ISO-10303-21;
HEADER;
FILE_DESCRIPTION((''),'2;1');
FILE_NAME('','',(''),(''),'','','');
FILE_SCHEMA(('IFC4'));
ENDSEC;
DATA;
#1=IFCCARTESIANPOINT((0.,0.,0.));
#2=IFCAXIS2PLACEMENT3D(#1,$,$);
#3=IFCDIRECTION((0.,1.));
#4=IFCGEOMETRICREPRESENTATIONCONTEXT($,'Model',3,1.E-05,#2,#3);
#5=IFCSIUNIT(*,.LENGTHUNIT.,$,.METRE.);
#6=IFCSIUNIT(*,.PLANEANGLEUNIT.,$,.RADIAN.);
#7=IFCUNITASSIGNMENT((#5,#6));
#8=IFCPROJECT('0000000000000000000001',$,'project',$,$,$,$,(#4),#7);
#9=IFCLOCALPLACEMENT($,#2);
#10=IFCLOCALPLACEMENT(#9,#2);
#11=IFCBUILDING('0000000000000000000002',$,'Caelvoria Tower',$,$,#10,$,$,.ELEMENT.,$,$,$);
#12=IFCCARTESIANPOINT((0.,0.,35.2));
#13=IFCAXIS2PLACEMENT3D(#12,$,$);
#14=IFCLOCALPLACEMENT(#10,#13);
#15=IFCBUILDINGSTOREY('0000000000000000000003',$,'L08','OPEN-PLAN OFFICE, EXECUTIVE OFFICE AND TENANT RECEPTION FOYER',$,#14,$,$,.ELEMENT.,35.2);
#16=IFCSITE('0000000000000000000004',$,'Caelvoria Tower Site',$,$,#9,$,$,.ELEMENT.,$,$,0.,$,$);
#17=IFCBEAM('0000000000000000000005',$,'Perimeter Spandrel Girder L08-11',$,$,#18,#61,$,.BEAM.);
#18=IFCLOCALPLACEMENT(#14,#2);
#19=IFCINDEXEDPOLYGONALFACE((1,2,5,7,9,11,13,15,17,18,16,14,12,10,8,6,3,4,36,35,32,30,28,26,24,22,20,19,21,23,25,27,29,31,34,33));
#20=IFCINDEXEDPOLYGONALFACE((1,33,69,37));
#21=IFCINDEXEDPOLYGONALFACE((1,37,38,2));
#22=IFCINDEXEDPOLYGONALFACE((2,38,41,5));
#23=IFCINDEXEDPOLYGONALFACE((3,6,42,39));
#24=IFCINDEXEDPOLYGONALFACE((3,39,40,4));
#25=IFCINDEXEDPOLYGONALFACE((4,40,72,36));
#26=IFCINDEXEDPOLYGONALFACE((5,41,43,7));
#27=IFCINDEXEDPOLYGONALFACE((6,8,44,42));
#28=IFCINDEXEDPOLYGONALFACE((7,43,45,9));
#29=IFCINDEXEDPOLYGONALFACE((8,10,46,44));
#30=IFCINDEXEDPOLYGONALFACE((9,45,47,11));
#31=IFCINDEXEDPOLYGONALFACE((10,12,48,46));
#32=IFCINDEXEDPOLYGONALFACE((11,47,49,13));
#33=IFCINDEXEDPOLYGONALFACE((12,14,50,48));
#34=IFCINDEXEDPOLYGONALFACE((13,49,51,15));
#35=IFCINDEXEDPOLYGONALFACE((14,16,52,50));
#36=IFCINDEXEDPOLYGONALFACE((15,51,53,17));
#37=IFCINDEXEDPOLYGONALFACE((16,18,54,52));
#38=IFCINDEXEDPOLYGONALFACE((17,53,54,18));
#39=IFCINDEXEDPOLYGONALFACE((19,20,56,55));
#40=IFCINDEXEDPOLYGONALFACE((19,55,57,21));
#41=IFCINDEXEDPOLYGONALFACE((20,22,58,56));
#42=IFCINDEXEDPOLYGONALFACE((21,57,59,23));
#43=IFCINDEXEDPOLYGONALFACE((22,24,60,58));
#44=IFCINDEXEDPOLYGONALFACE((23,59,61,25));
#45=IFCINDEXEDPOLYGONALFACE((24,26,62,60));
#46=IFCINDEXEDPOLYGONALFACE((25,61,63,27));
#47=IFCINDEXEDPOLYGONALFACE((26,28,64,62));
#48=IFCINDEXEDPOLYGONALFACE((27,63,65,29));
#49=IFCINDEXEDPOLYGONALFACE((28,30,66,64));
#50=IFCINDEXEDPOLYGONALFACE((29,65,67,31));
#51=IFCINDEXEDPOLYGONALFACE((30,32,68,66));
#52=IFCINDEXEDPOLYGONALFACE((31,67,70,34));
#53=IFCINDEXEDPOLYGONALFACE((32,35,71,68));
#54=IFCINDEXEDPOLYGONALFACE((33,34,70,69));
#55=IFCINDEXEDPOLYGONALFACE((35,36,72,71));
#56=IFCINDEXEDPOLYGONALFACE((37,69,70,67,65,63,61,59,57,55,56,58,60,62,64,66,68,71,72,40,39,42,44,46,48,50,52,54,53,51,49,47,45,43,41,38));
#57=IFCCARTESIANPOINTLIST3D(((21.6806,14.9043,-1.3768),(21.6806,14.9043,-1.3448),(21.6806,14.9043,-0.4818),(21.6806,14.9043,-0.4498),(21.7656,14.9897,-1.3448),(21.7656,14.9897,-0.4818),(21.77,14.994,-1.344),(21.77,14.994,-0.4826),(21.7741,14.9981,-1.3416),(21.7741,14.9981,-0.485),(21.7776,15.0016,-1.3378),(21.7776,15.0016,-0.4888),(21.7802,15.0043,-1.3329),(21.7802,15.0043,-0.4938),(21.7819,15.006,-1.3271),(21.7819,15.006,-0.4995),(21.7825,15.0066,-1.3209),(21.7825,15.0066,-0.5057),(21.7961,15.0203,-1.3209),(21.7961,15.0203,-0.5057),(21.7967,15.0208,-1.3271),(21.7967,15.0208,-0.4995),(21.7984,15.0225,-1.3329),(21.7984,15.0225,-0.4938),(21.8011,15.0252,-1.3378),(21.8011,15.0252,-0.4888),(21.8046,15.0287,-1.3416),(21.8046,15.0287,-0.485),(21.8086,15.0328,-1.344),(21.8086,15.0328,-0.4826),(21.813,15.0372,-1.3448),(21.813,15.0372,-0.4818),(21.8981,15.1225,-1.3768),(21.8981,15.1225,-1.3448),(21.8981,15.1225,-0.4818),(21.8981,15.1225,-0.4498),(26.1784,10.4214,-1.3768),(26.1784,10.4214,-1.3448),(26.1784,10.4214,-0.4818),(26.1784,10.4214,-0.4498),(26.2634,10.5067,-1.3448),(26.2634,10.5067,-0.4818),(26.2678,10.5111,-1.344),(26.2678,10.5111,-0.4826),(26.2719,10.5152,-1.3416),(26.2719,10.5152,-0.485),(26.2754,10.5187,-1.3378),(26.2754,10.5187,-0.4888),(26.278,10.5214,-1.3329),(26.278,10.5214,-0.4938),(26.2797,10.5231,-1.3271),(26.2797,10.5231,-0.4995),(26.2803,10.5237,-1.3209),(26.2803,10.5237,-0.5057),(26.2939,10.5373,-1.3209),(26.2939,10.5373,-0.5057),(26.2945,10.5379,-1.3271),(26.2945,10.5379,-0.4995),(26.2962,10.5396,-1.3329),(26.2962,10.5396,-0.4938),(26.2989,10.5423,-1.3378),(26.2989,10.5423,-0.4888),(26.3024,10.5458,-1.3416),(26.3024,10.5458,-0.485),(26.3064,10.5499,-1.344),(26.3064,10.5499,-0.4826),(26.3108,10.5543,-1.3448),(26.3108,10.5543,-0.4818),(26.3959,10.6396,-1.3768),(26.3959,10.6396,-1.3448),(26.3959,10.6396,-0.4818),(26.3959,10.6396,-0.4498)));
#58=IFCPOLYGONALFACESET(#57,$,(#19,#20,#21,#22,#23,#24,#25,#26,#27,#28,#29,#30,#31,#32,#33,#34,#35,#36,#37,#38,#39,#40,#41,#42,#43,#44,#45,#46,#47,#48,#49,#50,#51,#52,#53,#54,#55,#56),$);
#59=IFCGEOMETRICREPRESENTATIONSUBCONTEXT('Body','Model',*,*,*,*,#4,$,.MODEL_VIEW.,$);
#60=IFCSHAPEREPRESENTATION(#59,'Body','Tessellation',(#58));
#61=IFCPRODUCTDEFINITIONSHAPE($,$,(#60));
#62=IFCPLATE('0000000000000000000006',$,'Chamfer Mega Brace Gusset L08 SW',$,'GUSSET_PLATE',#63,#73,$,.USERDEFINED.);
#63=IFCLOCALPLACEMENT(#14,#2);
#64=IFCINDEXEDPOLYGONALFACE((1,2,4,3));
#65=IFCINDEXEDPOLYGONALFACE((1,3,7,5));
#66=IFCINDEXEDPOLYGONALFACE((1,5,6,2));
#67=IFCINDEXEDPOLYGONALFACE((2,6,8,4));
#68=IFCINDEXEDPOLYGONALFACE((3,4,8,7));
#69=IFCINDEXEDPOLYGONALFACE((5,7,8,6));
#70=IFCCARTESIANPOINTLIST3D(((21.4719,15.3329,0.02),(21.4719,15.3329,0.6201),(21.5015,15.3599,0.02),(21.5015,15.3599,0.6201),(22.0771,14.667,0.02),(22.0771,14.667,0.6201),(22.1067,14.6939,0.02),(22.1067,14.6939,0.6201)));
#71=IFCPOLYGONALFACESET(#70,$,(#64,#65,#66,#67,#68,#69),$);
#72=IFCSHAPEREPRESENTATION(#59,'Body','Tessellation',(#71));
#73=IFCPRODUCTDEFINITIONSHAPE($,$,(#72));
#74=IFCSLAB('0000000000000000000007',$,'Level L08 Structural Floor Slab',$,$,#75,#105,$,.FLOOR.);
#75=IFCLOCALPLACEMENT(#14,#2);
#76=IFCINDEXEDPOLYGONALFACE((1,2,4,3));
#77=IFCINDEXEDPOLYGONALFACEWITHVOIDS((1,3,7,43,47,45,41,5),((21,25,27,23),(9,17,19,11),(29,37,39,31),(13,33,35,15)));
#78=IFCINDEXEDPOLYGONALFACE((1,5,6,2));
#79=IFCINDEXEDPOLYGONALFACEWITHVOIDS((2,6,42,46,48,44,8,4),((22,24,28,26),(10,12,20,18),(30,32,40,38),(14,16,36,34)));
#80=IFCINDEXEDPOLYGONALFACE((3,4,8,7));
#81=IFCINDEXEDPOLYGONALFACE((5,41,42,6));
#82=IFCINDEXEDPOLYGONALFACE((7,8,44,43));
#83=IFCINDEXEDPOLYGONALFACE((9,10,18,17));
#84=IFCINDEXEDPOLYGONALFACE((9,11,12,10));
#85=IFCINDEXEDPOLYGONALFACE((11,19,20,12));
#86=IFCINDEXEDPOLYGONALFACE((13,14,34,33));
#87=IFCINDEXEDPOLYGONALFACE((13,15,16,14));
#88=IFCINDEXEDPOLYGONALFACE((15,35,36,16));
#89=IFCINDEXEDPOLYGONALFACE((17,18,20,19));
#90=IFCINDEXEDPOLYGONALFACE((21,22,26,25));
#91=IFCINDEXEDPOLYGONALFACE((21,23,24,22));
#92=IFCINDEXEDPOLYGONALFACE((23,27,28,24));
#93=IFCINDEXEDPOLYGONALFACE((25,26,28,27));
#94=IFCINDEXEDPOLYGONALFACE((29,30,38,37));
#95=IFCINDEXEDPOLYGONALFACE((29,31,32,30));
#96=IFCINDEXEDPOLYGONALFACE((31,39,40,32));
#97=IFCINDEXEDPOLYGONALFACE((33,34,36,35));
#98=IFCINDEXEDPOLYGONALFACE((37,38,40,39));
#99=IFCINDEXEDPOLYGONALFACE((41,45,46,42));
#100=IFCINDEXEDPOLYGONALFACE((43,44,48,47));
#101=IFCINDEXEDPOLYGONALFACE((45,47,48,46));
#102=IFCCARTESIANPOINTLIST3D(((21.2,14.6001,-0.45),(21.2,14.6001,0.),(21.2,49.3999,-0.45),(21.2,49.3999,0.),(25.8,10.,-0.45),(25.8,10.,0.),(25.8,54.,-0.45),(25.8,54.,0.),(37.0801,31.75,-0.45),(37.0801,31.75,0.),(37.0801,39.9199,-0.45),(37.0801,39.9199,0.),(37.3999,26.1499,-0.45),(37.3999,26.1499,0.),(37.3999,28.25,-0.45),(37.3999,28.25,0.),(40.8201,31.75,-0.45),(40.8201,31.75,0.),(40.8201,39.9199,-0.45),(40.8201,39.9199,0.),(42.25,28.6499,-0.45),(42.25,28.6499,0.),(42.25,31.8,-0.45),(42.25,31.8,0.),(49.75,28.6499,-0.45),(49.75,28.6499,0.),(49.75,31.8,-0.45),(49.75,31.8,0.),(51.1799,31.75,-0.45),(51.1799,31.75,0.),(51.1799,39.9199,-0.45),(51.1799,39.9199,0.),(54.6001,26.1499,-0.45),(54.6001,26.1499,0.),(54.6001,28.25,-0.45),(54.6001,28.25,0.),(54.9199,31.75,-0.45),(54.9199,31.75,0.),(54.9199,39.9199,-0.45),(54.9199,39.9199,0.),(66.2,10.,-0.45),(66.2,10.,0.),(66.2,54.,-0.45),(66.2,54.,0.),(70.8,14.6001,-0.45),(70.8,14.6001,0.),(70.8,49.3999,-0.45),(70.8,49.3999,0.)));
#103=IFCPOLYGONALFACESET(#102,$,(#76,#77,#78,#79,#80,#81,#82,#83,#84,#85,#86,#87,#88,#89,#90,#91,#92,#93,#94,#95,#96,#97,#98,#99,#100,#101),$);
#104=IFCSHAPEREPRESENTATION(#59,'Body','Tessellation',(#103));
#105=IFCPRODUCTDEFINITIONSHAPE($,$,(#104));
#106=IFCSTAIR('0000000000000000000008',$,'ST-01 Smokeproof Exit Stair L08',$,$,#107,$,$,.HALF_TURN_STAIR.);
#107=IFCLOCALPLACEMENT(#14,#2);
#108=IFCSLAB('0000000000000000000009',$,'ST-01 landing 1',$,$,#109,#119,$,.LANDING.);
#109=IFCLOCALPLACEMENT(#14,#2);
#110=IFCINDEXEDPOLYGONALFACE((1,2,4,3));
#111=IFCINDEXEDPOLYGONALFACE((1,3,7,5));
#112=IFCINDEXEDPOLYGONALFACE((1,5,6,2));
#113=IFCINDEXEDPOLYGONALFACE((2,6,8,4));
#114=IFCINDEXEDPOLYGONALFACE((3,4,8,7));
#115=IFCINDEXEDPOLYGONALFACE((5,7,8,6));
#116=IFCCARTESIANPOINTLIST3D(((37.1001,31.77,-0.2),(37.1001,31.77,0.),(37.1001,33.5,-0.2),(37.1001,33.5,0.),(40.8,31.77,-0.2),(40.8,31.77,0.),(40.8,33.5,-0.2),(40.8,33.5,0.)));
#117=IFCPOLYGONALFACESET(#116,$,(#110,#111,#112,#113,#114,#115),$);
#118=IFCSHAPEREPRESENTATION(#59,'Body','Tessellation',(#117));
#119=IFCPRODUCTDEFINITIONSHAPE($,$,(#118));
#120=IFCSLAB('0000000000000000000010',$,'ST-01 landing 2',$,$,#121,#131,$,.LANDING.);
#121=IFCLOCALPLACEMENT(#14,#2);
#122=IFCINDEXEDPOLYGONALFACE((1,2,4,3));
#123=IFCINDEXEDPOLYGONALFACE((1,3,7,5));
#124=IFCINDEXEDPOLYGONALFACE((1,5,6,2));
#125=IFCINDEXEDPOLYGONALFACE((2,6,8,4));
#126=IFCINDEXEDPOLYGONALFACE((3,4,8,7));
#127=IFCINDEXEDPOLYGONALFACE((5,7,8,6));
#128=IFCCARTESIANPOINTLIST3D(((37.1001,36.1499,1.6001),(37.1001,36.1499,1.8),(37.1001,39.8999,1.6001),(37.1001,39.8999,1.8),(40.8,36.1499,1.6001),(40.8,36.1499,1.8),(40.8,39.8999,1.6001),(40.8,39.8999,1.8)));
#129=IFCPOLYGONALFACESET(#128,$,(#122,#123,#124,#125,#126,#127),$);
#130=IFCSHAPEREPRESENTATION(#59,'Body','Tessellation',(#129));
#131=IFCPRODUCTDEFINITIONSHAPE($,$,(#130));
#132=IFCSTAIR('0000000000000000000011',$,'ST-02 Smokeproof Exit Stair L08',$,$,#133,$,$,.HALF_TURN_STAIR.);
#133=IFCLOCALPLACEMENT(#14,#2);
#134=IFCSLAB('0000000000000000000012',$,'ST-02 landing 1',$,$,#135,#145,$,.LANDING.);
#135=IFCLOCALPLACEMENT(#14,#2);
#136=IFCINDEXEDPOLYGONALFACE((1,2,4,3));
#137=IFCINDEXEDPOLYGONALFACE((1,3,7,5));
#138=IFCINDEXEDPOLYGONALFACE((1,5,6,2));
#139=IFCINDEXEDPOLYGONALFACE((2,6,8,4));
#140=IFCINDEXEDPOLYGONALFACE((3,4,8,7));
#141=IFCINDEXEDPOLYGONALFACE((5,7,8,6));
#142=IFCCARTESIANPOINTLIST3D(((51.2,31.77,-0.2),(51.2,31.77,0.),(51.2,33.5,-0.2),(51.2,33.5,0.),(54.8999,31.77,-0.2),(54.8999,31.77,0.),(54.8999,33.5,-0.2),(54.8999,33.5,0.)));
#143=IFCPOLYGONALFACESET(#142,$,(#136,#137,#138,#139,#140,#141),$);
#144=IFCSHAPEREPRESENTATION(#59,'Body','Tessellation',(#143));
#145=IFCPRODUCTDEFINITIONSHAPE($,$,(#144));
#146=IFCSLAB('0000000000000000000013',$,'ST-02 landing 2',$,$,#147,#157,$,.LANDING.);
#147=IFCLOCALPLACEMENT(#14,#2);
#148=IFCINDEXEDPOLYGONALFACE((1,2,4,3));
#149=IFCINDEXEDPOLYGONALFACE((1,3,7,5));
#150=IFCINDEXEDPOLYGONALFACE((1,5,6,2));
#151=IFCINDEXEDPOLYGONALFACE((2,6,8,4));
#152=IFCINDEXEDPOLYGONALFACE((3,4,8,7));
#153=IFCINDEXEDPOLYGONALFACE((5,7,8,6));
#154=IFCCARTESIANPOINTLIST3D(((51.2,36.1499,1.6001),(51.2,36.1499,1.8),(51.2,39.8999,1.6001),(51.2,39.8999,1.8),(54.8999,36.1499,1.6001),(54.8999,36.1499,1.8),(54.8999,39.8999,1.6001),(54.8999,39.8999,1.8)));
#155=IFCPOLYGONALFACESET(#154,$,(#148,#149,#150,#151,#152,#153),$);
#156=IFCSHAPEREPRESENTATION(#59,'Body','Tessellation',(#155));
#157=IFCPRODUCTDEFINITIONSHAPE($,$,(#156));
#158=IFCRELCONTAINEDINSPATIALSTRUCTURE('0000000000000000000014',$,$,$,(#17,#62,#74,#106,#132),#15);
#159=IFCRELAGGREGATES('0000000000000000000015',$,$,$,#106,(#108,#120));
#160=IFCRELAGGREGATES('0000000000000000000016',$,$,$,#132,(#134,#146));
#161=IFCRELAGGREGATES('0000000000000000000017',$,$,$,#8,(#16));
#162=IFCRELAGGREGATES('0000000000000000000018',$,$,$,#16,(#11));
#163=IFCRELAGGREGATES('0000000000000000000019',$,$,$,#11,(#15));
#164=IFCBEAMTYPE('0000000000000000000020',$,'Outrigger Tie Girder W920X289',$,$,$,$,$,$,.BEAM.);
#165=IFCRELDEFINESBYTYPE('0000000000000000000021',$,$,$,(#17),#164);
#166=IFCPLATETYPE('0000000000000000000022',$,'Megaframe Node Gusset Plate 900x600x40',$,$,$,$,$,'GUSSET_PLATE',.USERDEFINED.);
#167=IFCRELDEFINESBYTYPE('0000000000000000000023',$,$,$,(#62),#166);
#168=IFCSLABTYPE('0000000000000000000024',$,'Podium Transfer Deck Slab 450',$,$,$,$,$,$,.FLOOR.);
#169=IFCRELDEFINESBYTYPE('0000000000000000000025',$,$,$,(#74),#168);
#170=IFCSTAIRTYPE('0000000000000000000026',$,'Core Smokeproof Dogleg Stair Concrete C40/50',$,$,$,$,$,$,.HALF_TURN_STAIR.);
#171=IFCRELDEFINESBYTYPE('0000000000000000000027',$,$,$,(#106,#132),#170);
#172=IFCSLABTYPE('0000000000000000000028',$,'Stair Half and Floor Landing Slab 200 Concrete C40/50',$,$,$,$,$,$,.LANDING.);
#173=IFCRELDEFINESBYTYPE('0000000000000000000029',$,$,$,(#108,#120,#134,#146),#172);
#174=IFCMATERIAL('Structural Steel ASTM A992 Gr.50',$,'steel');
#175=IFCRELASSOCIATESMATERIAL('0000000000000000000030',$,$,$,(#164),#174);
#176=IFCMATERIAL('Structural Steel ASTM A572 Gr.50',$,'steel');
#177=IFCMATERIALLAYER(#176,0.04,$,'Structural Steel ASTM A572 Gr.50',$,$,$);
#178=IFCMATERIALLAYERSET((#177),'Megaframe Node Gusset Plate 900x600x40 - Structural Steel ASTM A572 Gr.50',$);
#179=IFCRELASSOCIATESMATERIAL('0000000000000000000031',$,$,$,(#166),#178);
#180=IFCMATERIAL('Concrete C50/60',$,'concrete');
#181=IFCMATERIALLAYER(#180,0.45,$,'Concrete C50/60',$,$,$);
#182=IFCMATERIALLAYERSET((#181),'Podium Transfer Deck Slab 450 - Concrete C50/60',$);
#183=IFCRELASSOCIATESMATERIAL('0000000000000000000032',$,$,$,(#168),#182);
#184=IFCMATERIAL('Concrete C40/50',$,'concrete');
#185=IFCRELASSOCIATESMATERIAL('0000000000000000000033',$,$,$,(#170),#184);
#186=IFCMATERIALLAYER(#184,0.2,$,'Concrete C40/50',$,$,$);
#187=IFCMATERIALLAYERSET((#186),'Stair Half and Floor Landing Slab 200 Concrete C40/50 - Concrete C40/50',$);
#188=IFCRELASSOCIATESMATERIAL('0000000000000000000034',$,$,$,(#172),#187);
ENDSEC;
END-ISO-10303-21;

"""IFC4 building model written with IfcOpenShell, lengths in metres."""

from ifc_helpers import new_model, si_unit, direction, frame, origin, origin_2d, place, context, subcontext, project, spatial, polyline, rectangle, i_section, outline, extrude, material, layer, layer_set, material_profile, profile_set, type_object, element, aggregate, save


model = new_model("IFC4")

# Units and contexts
model_context = context("Model", 3, precision=1e-05, world=origin(), true_north=direction((0.0, 1.0)))
body_context = subcontext(model_context, "Body", "Model", "MODEL_VIEW")
ifc_project = project(units=[si_unit("LENGTHUNIT", "METRE"), si_unit("PLANEANGLEUNIT", "RADIAN")], contexts=[model_context])

# Site, building, storey
site_placement = place(None, origin())
site = spatial("IfcSite", under=ifc_project, at=site_placement, Name="Caelvoria Tower Site", CompositionType="ELEMENT", RefElevation=0.0)
building_placement = place(site_placement, origin())
building = spatial("IfcBuilding", under=site, at=building_placement, Name="Caelvoria Tower", CompositionType="ELEMENT")
storey_placement = place(building_placement, frame((0.0, 0.0, 35.2)))
storey = spatial("IfcBuildingStorey", under=building, at=storey_placement, Name="L08", Description="OPEN-PLAN OFFICE, EXECUTIVE OFFICE AND TENANT RECEPTION FOYER", CompositionType="ELEMENT", Elevation=35.2)

# Shared definitions
ifc_material_1 = material(Name="Structural Steel ASTM A572 Gr.50", Category="steel")

# Beam
ifc_material_2 = material(Name="Structural Steel ASTM A992 Gr.50", Category="steel")
ifc_material_profile_1 = material_profile(ifc_material_2, i_section(OverallWidth=0.3081, OverallDepth=0.927, WebThickness=0.0193, FlangeThickness=0.032, FilletRadius=0.0239, at=origin_2d()), Name="Structural Steel ASTM A992 Gr.50")
ifc_profile_set_1 = profile_set([ifc_material_profile_1], Name="W920X289 - Structural Steel ASTM A992 Gr.50")
beam_type = type_object("IfcBeamType", Name="Outrigger Tie Girder W920X289", PredefinedType="BEAM", material=ifc_profile_set_1)
beam_1_placement = place(storey_placement, frame((21.7893, 15.0134, -0.9133), z_axis=(0.708278, -0.705933, 0.0), x_axis=(0.705933, 0.708278, 0.0)))
element("IfcBeam", 1, at=beam_1_placement, inside=storey, type_object=beam_type, Name="Perimeter Spandrel Girder L08-11", PredefinedType="BEAM", context=body_context, shape_type="SweptSolid", body=[
    extrude(i_section(OverallWidth=0.3081, OverallDepth=0.927, WebThickness=0.0193, FlangeThickness=0.032, FilletRadius=0.0239, at=origin_2d()), origin(), (0.0, 0.0, 1.0), 6.3503),
])

# Plate
ifc_layer_1 = layer(ifc_material_1, 0.04, Name="Structural Steel ASTM A572 Gr.50")
ifc_layer_set_1 = layer_set([ifc_layer_1], Name="Megaframe Node Gusset Plate 900x600x40 - Structural Steel ASTM A572 Gr.50")
plate_type = type_object("IfcPlateType", Name="Megaframe Node Gusset Plate 900x600x40", ElementType="GUSSET_PLATE", PredefinedType="USERDEFINED", material=ifc_layer_set_1)
plate_placement = place(storey_placement, frame((21.7893, 15.0134, 0.02), z_axis=(0.0, 0.0, 1.0), x_axis=(0.67258, -0.740024, 0.0)))
element("IfcPlate", 2, at=plate_placement, inside=storey, type_object=plate_type, Name="Chamfer Mega Brace Gusset L08 SW", ObjectType="GUSSET_PLATE", PredefinedType="USERDEFINED", context=body_context, shape_type="SweptSolid", body=[
    extrude(rectangle(XDim=0.8999, YDim=0.04, at=origin_2d()), origin(), (0.0, 0.0, 1.0), 0.6001),
])

# Slab
ifc_material_3 = material(Name="Concrete C50/60", Category="concrete")
ifc_layer_2 = layer(ifc_material_3, 0.45, Name="Concrete C50/60")
ifc_layer_set_2 = layer_set([ifc_layer_2], Name="Podium Transfer Deck Slab 450 - Concrete C50/60")
slab_type_1 = type_object("IfcSlabType", Name="Podium Transfer Deck Slab 450", PredefinedType="FLOOR", material=ifc_layer_set_2)
slab_1_placement = place(storey_placement, frame((0.0, 0.0, -0.45)))
element("IfcSlab", 3, at=slab_1_placement, inside=storey, type_object=slab_type_1, Name="Level L08 Structural Floor Slab", PredefinedType="FLOOR", context=body_context, shape_type="SweptSolid", body=[
    extrude(outline(polyline([(25.8, 10.0), (66.2, 10.0), (70.8, 14.6001), (70.8, 49.3999), (66.2, 54.0), (25.8, 54.0), (21.2, 49.3999), (21.2, 14.6001), (25.8, 10.0)]), holes=[polyline([(37.0801, 31.75), (40.8201, 31.75), (40.8201, 39.9199), (37.0801, 39.9199), (37.0801, 31.75)]), polyline([(51.1799, 31.75), (54.9199, 31.75), (54.9199, 39.9199), (51.1799, 39.9199), (51.1799, 31.75)]), polyline([(42.25, 28.6499), (49.75, 28.6499), (49.75, 31.8), (42.25, 31.8), (42.25, 28.6499)]), polyline([(37.3999, 26.1499), (54.6001, 26.1499), (54.6001, 28.25), (37.3999, 28.25), (37.3999, 26.1499)])]), origin(), (0.0, 0.0, 1.0), 0.45),
])

# Stairs, slabs
ifc_material_4 = material(Name="Concrete C40/50", Category="concrete")
stair_type = type_object("IfcStairType", Name="Core Smokeproof Dogleg Stair Concrete C40/50", PredefinedType="HALF_TURN_STAIR", material=ifc_material_4)
stair_1_placement = place(storey_placement, origin())
stair_1 = element("IfcStair", 4, at=stair_1_placement, inside=storey, type_object=stair_type, Name="ST-01 Smokeproof Exit Stair L08", PredefinedType="HALF_TURN_STAIR")
ifc_layer_3 = layer(ifc_material_4, 0.2, Name="Concrete C40/50")
ifc_layer_set_3 = layer_set([ifc_layer_3], Name="Stair Half and Floor Landing Slab 200 Concrete C40/50 - Concrete C40/50")
slab_type_2 = type_object("IfcSlabType", Name="Stair Half and Floor Landing Slab 200 Concrete C40/50", PredefinedType="LANDING", material=ifc_layer_set_3)
slab_2_placement = place(storey_placement, frame((0.0, 0.0, -0.2)))
slab_2 = element("IfcSlab", 5, at=slab_2_placement, type_object=slab_type_2, Name="ST-01 landing 1", PredefinedType="LANDING", context=body_context, shape_type="SweptSolid", body=[
    extrude(outline(polyline([(37.1001, 31.77), (40.8, 31.77), (40.8, 33.5), (37.1001, 33.5), (37.1001, 31.77)])), origin(), (0.0, 0.0, 1.0), 0.2),
])
slab_3_placement = place(storey_placement, frame((0.0, 0.0, 1.6001)))
slab_3 = element("IfcSlab", 6, at=slab_3_placement, type_object=slab_type_2, Name="ST-01 landing 2", PredefinedType="LANDING", context=body_context, shape_type="SweptSolid", body=[
    extrude(outline(polyline([(37.1001, 36.1499), (40.8, 36.1499), (40.8, 39.8999), (37.1001, 39.8999), (37.1001, 36.1499)])), origin(), (0.0, 0.0, 1.0), 0.2),
])
aggregate(stair_1, [slab_2, slab_3])
stair_2_placement = place(storey_placement, origin())
stair_2 = element("IfcStair", 7, at=stair_2_placement, inside=storey, type_object=stair_type, Name="ST-02 Smokeproof Exit Stair L08", PredefinedType="HALF_TURN_STAIR")
slab_4_placement = place(storey_placement, frame((0.0, 0.0, -0.2)))
slab_4 = element("IfcSlab", 8, at=slab_4_placement, type_object=slab_type_2, Name="ST-02 landing 1", PredefinedType="LANDING", context=body_context, shape_type="SweptSolid", body=[
    extrude(outline(polyline([(51.2, 31.77), (54.8999, 31.77), (54.8999, 33.5), (51.2, 33.5), (51.2, 31.77)])), origin(), (0.0, 0.0, 1.0), 0.2),
])
slab_5_placement = place(storey_placement, frame((0.0, 0.0, 1.6001)))
slab_5 = element("IfcSlab", 9, at=slab_5_placement, type_object=slab_type_2, Name="ST-02 landing 2", PredefinedType="LANDING", context=body_context, shape_type="SweptSolid", body=[
    extrude(outline(polyline([(51.2, 36.1499), (54.8999, 36.1499), (54.8999, 39.8999), (51.2, 39.8999), (51.2, 36.1499)])), origin(), (0.0, 0.0, 1.0), 0.2),
])
aggregate(stair_2, [slab_4, slab_5])

save(model, "model.ifc")
